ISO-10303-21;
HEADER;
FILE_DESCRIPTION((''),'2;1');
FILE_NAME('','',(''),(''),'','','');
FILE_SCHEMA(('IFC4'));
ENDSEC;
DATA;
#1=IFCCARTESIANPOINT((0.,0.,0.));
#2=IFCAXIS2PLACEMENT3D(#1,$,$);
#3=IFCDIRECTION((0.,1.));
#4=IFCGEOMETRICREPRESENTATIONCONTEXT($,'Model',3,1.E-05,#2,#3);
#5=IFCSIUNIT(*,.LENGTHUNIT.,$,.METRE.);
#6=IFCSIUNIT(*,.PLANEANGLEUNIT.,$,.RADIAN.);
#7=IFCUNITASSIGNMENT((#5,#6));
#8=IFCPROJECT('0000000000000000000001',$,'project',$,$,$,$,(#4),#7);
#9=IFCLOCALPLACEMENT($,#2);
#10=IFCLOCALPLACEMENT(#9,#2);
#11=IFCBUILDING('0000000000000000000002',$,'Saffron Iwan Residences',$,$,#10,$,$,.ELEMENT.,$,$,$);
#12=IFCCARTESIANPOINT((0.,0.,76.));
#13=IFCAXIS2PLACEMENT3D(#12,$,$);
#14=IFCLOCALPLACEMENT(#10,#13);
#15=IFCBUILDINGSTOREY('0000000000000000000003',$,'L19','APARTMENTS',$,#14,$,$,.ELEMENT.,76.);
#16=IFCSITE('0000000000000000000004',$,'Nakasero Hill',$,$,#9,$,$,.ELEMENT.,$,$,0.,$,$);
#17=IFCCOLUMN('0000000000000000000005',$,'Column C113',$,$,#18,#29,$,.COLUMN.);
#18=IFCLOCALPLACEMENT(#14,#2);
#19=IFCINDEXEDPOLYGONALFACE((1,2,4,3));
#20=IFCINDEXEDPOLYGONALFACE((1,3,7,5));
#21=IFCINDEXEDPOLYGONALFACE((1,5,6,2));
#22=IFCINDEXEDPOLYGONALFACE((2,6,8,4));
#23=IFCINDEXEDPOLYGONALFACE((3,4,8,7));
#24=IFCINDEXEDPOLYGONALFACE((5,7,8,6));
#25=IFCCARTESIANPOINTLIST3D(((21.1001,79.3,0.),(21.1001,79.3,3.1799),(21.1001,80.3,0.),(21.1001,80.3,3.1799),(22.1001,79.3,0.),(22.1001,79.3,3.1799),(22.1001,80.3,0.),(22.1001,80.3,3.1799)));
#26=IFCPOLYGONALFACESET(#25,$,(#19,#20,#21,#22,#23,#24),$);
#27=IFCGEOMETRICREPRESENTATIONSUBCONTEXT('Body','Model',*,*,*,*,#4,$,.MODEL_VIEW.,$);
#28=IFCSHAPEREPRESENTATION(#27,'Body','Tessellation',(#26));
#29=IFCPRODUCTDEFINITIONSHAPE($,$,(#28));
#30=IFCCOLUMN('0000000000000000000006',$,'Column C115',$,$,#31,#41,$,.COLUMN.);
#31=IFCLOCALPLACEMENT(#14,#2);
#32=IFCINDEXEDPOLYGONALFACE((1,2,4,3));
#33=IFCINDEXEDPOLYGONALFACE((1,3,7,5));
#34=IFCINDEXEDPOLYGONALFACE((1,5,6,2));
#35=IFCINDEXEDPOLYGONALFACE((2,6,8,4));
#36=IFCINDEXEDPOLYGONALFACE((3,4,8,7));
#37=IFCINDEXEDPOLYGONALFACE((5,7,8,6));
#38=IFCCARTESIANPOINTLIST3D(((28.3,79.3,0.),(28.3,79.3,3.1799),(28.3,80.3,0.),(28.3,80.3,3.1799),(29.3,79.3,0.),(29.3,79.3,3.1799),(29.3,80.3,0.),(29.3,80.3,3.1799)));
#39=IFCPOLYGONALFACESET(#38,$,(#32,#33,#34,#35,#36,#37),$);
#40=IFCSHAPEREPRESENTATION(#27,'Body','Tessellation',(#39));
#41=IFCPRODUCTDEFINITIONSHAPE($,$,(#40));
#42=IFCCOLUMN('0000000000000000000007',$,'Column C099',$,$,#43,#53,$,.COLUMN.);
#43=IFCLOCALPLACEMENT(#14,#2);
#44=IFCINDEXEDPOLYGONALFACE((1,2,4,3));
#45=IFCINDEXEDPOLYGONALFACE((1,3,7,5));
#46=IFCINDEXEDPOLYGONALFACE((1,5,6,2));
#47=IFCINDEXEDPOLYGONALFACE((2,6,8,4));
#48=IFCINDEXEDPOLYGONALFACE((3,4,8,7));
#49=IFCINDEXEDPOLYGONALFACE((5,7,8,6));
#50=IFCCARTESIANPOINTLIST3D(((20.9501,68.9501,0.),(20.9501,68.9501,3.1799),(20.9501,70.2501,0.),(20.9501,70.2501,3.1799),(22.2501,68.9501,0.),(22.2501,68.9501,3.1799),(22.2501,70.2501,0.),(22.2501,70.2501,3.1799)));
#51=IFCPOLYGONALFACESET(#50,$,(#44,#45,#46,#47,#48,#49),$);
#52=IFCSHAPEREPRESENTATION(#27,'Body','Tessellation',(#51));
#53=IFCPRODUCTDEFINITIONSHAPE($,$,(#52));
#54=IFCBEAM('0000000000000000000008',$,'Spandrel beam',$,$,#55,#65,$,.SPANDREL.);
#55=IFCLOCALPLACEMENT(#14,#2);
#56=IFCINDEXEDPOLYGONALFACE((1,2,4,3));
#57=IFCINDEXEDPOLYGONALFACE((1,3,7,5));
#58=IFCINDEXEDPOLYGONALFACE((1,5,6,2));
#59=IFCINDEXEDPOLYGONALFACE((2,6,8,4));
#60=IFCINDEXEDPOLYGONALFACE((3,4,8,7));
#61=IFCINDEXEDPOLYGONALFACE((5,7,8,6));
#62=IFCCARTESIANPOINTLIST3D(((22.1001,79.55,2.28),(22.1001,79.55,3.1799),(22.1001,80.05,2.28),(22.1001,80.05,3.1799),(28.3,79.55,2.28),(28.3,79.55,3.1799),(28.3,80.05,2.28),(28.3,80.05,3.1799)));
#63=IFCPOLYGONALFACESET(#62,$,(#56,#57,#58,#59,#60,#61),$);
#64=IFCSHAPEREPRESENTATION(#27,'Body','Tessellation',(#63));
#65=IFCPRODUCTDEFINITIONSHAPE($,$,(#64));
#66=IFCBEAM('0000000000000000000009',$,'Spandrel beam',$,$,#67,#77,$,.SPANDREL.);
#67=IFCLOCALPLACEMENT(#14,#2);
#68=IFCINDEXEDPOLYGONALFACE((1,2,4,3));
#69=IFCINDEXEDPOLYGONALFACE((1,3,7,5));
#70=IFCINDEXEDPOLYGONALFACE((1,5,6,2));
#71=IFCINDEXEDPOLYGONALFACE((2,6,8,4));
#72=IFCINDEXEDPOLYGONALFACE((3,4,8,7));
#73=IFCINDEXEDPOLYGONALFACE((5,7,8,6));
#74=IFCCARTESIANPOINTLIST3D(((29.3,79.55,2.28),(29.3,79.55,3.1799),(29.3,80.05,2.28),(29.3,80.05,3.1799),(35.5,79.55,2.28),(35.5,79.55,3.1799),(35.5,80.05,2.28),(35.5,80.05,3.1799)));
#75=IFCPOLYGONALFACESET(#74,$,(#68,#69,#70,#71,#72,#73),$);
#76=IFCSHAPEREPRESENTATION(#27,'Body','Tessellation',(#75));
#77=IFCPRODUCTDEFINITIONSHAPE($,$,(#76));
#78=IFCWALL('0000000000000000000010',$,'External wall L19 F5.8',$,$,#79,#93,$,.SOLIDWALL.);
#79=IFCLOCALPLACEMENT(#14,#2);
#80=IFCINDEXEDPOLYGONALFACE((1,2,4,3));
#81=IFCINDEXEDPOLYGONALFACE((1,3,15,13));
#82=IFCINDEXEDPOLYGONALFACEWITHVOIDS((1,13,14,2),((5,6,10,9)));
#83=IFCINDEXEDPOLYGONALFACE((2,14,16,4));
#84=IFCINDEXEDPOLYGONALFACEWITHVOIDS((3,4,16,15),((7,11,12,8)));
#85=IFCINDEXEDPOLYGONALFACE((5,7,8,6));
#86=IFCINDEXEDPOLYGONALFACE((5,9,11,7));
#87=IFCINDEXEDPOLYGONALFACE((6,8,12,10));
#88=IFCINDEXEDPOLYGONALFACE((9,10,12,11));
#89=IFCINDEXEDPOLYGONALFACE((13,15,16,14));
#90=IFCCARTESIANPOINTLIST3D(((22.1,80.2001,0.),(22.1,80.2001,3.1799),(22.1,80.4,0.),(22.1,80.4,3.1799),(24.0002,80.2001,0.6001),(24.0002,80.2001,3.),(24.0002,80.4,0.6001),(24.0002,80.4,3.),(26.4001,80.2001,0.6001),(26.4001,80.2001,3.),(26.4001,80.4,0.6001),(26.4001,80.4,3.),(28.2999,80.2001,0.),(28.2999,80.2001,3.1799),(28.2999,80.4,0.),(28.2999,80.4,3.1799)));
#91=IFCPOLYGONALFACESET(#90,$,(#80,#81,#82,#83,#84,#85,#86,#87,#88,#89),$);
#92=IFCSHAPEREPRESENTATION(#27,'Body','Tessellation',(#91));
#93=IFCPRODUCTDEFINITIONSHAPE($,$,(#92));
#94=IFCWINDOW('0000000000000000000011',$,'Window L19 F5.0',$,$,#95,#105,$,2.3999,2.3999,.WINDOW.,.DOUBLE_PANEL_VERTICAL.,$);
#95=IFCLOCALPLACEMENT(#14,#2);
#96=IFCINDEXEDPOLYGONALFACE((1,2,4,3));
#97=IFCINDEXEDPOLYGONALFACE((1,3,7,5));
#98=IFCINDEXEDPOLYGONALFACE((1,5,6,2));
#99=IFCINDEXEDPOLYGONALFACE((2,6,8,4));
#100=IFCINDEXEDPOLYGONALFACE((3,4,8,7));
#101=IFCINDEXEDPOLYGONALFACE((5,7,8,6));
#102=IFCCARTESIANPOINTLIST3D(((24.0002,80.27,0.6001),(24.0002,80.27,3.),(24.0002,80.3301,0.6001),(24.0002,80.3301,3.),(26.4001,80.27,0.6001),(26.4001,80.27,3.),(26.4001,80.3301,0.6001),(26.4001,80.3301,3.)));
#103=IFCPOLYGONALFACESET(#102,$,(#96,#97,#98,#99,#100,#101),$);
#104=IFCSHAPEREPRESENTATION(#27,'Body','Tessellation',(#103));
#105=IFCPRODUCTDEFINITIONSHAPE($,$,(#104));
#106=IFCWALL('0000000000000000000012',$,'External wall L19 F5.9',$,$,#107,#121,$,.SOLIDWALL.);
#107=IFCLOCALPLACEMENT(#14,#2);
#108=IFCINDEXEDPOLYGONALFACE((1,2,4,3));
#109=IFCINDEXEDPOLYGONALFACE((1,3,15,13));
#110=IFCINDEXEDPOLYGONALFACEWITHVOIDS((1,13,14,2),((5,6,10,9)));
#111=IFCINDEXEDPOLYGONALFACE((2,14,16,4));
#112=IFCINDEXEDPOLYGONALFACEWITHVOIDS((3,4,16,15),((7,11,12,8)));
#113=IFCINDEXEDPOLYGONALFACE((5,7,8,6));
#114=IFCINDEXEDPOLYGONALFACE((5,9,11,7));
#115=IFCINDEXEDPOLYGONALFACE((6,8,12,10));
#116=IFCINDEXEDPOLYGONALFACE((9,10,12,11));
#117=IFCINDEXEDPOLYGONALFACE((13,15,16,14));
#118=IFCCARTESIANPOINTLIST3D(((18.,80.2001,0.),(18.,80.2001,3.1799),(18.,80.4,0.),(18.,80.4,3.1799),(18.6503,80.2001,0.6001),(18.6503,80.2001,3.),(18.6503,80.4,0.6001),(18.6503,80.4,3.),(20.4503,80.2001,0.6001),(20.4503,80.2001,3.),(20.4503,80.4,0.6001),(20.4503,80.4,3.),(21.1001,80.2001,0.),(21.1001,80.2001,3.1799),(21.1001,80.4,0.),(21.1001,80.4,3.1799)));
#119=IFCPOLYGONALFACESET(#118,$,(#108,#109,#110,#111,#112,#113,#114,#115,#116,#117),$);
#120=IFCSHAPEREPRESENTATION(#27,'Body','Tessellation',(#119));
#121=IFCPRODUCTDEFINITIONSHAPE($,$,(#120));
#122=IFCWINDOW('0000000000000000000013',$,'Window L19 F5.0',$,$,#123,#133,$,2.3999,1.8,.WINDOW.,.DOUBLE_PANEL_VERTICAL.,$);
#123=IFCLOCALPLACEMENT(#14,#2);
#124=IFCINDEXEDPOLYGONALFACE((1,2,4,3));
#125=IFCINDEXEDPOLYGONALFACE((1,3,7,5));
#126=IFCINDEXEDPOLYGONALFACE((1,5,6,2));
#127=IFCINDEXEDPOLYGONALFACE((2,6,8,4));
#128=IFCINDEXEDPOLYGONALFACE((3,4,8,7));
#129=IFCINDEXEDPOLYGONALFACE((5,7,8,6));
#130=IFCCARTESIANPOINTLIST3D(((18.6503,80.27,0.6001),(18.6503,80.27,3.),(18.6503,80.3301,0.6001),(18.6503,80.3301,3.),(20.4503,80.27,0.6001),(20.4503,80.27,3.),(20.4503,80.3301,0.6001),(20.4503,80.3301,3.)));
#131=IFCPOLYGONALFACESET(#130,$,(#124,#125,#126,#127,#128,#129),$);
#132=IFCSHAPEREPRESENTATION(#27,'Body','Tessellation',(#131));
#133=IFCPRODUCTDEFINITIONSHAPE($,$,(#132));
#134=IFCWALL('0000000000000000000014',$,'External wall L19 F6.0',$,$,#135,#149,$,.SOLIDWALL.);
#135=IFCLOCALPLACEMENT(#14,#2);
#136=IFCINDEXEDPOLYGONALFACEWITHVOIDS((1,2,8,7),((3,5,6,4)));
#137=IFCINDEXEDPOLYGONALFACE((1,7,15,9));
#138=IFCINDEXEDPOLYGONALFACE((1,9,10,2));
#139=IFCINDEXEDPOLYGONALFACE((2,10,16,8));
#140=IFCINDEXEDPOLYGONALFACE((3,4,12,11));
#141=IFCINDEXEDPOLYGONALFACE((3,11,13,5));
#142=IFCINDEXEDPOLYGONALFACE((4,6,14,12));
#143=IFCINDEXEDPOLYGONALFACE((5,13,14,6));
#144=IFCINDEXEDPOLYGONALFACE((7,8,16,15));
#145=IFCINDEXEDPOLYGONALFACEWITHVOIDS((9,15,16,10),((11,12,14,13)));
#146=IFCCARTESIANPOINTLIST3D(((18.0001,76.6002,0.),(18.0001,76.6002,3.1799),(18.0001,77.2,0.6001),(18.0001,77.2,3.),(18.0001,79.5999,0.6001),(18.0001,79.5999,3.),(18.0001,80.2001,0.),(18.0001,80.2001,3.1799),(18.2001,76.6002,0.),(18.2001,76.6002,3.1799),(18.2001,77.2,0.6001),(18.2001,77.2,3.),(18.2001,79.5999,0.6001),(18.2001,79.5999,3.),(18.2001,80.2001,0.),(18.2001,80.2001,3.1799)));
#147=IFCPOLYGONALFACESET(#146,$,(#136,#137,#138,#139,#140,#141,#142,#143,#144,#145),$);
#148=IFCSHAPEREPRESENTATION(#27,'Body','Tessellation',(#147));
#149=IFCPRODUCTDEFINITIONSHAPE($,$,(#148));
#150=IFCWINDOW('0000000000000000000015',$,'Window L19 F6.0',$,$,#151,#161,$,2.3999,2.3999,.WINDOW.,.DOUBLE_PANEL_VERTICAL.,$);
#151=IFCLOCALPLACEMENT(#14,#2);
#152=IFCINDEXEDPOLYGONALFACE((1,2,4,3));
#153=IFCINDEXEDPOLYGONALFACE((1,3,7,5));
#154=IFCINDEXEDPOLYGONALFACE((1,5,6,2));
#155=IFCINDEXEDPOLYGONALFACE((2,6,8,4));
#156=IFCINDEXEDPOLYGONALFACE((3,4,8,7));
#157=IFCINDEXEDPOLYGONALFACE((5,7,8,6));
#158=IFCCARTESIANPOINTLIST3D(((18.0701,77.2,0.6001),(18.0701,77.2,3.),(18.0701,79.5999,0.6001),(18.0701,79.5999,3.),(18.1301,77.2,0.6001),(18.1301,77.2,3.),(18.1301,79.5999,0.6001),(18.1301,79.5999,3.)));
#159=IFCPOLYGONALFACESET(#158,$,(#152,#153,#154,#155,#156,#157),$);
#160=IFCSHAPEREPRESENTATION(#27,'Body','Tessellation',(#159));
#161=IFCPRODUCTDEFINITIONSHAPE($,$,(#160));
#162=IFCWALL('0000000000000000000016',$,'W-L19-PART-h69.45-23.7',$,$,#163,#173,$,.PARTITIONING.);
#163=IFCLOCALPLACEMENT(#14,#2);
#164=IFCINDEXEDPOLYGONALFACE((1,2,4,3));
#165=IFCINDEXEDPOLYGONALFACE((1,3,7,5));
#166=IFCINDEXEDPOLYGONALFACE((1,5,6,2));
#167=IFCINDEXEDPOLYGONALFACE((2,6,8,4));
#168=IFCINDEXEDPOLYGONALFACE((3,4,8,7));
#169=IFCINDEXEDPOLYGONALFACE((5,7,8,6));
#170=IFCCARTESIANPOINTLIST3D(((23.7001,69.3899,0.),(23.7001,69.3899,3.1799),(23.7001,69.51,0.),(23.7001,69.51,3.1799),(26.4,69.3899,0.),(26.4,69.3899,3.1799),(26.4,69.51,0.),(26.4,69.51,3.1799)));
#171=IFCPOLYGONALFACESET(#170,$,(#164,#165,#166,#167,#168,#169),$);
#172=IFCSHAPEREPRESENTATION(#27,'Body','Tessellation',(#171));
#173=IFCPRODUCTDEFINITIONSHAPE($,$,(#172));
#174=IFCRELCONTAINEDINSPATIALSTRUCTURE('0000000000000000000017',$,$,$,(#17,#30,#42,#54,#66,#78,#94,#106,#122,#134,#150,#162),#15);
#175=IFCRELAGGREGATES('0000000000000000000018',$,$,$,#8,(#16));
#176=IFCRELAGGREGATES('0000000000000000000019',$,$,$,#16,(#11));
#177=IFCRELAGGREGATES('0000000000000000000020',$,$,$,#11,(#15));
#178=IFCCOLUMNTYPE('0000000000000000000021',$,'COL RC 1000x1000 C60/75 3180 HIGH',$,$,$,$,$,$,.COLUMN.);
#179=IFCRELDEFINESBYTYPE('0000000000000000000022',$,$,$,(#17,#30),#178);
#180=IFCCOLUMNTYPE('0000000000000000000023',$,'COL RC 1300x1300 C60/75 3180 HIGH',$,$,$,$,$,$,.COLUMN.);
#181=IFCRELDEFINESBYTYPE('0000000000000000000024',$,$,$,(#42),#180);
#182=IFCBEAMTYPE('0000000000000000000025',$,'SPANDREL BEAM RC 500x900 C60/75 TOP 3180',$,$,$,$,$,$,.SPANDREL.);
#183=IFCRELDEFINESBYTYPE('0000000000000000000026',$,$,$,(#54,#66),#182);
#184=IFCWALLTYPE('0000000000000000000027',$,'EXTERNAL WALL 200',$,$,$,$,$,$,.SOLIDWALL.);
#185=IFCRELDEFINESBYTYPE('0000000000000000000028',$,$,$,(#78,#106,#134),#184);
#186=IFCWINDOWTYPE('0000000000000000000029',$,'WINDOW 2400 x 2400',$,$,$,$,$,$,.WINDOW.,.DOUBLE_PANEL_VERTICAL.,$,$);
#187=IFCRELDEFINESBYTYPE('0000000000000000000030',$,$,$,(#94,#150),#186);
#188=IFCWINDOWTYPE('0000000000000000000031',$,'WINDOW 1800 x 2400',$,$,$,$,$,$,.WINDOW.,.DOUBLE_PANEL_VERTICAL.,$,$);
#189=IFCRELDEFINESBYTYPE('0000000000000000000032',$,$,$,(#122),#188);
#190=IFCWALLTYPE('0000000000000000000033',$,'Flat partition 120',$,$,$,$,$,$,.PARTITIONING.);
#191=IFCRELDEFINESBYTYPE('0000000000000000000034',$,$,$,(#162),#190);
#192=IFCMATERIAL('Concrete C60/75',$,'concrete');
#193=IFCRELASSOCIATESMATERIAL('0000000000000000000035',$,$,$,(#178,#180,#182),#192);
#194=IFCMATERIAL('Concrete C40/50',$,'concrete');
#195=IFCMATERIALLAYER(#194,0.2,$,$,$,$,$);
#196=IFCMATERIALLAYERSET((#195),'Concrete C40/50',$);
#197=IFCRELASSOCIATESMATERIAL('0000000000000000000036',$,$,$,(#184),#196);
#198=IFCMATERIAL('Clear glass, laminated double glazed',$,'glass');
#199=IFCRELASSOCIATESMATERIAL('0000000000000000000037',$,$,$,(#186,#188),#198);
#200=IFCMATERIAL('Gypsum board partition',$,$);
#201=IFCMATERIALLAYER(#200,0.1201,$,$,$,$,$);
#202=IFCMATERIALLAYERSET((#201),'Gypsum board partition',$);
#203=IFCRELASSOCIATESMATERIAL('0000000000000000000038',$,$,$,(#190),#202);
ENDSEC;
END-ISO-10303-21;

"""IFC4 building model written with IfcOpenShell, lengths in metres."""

from ifc_helpers import new_model, si_unit, direction, frame, frame_2d, origin, origin_2d, place, context, subcontext, project, spatial, rectangle, extrude, source, transform, mapped, material, layer, layer_set, material_profile, profile_set, type_object, element, fill, save


model = new_model("IFC4")

# Units and contexts
model_context = context("Model", 3, precision=1e-05, world=origin(), true_north=direction((0.0, 1.0)))
body_context = subcontext(model_context, "Body", "Model", "MODEL_VIEW")
ifc_project = project(units=[si_unit("LENGTHUNIT", "METRE"), si_unit("PLANEANGLEUNIT", "RADIAN")], contexts=[model_context])

# Site, building, storey
site_placement = place(None, origin())
site = spatial("IfcSite", under=ifc_project, at=site_placement, Name="Nakasero Hill", CompositionType="ELEMENT", RefElevation=0.0)
building_placement = place(site_placement, origin())
building = spatial("IfcBuilding", under=site, at=building_placement, Name="Saffron Iwan Residences", CompositionType="ELEMENT")
storey_placement = place(building_placement, frame((0.0, 0.0, 76.0)))
storey = spatial("IfcBuildingStorey", under=building, at=storey_placement, Name="L19", Description="APARTMENTS", CompositionType="ELEMENT", Elevation=76.0)

# Columns
ifc_material_1 = material(Name="Concrete C60/75", Category="concrete")
ifc_material_profile_1 = material_profile(ifc_material_1, rectangle(XDim=1.0, YDim=1.0, at=origin_2d()), Name="RC 1000x1000")
ifc_profile_set_1 = profile_set([ifc_material_profile_1], Name="Concrete C60/75")
column_type_1 = type_object("IfcColumnType", Name="COL RC 1000x1000 C60/75 3180 HIGH", PredefinedType="COLUMN", material=ifc_profile_set_1)
shared_shape_1 = source(origin(), body_context, "Body", "SweptSolid", [
    extrude(rectangle(XDim=1.0, YDim=1.0, at=origin_2d()), origin(), (0.0, 0.0, 1.0), 3.1799),
])
for number, where, z_axis, x_axis, name in (
    (1, (21.6001, 79.8, 0.0), (0.0, 0.0, 1.0), (1.0, 0.0, 0.0), "Column C113"),
    (2, (28.8, 79.8, 0.0), (0.0, 0.0, 1.0), (1.0, 0.0, 0.0), "Column C115"),
):
    element("IfcColumn", number, at=place(storey_placement, frame(where, z_axis=z_axis, x_axis=x_axis)), inside=storey, type_object=column_type_1, Name=name, PredefinedType="COLUMN", context=body_context, shape_type="MappedRepresentation", body=[
        mapped(shared_shape_1, transform((0.0, 0.0, 0.0))),
    ])
ifc_material_profile_2 = material_profile(ifc_material_1, rectangle(XDim=1.3, YDim=1.3, at=origin_2d()), Name="RC 1300x1300")
ifc_profile_set_2 = profile_set([ifc_material_profile_2], Name="Concrete C60/75")
column_type_2 = type_object("IfcColumnType", Name="COL RC 1300x1300 C60/75 3180 HIGH", PredefinedType="COLUMN", material=ifc_profile_set_2)
shared_shape_2 = source(origin(), body_context, "Body", "SweptSolid", [
    extrude(rectangle(XDim=1.3, YDim=1.3, at=origin_2d()), origin(), (0.0, 0.0, 1.0), 3.1799),
])
column_placement = place(storey_placement, frame((21.6001, 69.6001, 0.0), z_axis=(0.0, 0.0, 1.0), x_axis=(1.0, 0.0, 0.0)))
element("IfcColumn", 3, at=column_placement, inside=storey, type_object=column_type_2, Name="Column C099", PredefinedType="COLUMN", context=body_context, shape_type="MappedRepresentation", body=[
    mapped(shared_shape_2, transform((0.0, 0.0, 0.0))),
])

# Beams
ifc_material_profile_3 = material_profile(ifc_material_1, rectangle(XDim=0.5, YDim=0.8999, at=origin_2d()), Name="RC 500x900")
ifc_profile_set_3 = profile_set([ifc_material_profile_3], Name="Concrete C60/75")
beam_type = type_object("IfcBeamType", Name="SPANDREL BEAM RC 500x900 C60/75 TOP 3180", PredefinedType="SPANDREL", material=ifc_profile_set_3)
shared_shape_3 = source(origin(), body_context, "Body", "SweptSolid", [
    extrude(rectangle(XDim=0.5, YDim=0.8999, at=origin_2d()), origin(), (0.0, 0.0, 1.0), 6.2),
])
for number, where, z_axis, x_axis, name in (
    (4, (22.1001, 79.8, 2.73), (1.0, 0.0, 0.0), (0.0, 1.0, 0.0), "Spandrel beam"),
    (5, (29.3, 79.8, 2.73), (1.0, 0.0, 0.0), (0.0, 1.0, 0.0), "Spandrel beam"),
):
    element("IfcBeam", number, at=place(storey_placement, frame(where, z_axis=z_axis, x_axis=x_axis)), inside=storey, type_object=beam_type, Name=name, PredefinedType="SPANDREL", context=body_context, shape_type="MappedRepresentation", body=[
        mapped(shared_shape_3, transform((0.0, 0.0, 0.0))),
    ])

# Walls, openings, windows
ifc_material_2 = material(Name="Concrete C40/50", Category="concrete")
ifc_layer_1 = layer(ifc_material_2, 0.2)
ifc_layer_set_1 = layer_set([ifc_layer_1], Name="Concrete C40/50")
wall_type_1 = type_object("IfcWallType", Name="EXTERNAL WALL 200", PredefinedType="SOLIDWALL", material=ifc_layer_set_1)
wall_1_placement = place(storey_placement, frame((28.3, 80.3, 0.0), z_axis=(0.0, 0.0, 1.0), x_axis=(-1.0, 0.0, 0.0)))
wall_1 = element("IfcWall", 6, at=wall_1_placement, inside=storey, type_object=wall_type_1, Name="External wall L19 F5.8", PredefinedType="SOLIDWALL", context=body_context, shape_type="SweptSolid", body=[
    extrude(rectangle(XDim=6.2, YDim=0.2, at=frame_2d((3.1001, 0.0))), origin(), (0.0, 0.0, 1.0), 3.1799),
])
opening_1_placement = place(wall_1_placement, frame((1.8999, 0.0, 0.6001)))
opening_1 = element("IfcOpeningElement", 7, at=opening_1_placement, cuts=wall_1, PredefinedType="OPENING", context=body_context, shape_type="SweptSolid", body=[
    extrude(rectangle(XDim=2.3999, YDim=2.3999, at=frame_2d((1.2, 1.2))), frame((0.0, 0.1099, 0.0), z_axis=(0.0, -1.0, 0.0), x_axis=(1.0, 0.0, 0.0)), (0.0, 0.0, 1.0), 0.22),
])
ifc_material_3 = material(Name="Clear glass, laminated double glazed", Category="glass")
window_type_1 = type_object("IfcWindowType", Name="WINDOW 2400 x 2400", PartitioningType="DOUBLE_PANEL_VERTICAL", PredefinedType="WINDOW", material=ifc_material_3)
window_1_placement = place(opening_1_placement, origin())
window_1 = element("IfcWindow", 8, at=window_1_placement, inside=storey, type_object=window_type_1, Name="Window L19 F5.0", OverallHeight=2.3999, OverallWidth=2.3999, PartitioningType="DOUBLE_PANEL_VERTICAL", PredefinedType="WINDOW", context=body_context, shape_type="SweptSolid", body=[
    extrude(rectangle(XDim=2.3999, YDim=2.3999, at=frame_2d((1.2, 1.2))), frame((0.0, 0.03, 0.0), z_axis=(0.0, -1.0, 0.0), x_axis=(1.0, 0.0, 0.0)), (0.0, 0.0, 1.0), 0.0601),
])
fill(opening_1, window_1)
wall_2_placement = place(storey_placement, frame((21.1001, 80.3, 0.0), z_axis=(0.0, 0.0, 1.0), x_axis=(-1.0, 0.0, 0.0)))
wall_2 = element("IfcWall", 9, at=wall_2_placement, inside=storey, type_object=wall_type_1, Name="External wall L19 F5.9", PredefinedType="SOLIDWALL", context=body_context, shape_type="SweptSolid", body=[
    extrude(rectangle(XDim=3.1001, YDim=0.2, at=frame_2d((1.55, 0.0))), origin(), (0.0, 0.0, 1.0), 3.1799),
])
opening_2_placement = place(wall_2_placement, frame((0.6499, 0.0, 0.6001)))
opening_2 = element("IfcOpeningElement", 10, at=opening_2_placement, cuts=wall_2, PredefinedType="OPENING", context=body_context, shape_type="SweptSolid", body=[
    extrude(rectangle(XDim=1.8, YDim=2.3999, at=frame_2d((0.8999, 1.2))), frame((0.0, 0.1099, 0.0), z_axis=(0.0, -1.0, 0.0), x_axis=(1.0, 0.0, 0.0)), (0.0, 0.0, 1.0), 0.22),
])
window_type_2 = type_object("IfcWindowType", Name="WINDOW 1800 x 2400", PartitioningType="DOUBLE_PANEL_VERTICAL", PredefinedType="WINDOW", material=ifc_material_3)
window_2_placement = place(opening_2_placement, origin())
window_2 = element("IfcWindow", 11, at=window_2_placement, inside=storey, type_object=window_type_2, Name="Window L19 F5.0", OverallHeight=2.3999, OverallWidth=1.8, PartitioningType="DOUBLE_PANEL_VERTICAL", PredefinedType="WINDOW", context=body_context, shape_type="SweptSolid", body=[
    extrude(rectangle(XDim=1.8, YDim=2.3999, at=frame_2d((0.8999, 1.2))), frame((0.0, 0.03, 0.0), z_axis=(0.0, -1.0, 0.0), x_axis=(1.0, 0.0, 0.0)), (0.0, 0.0, 1.0), 0.0601),
])
fill(opening_2, window_2)
wall_3_placement = place(storey_placement, frame((18.1001, 80.2, 0.0), z_axis=(0.0, 0.0, 1.0), x_axis=(0.0, -1.0, 0.0)))
wall_3 = element("IfcWall", 12, at=wall_3_placement, inside=storey, type_object=wall_type_1, Name="External wall L19 F6.0", PredefinedType="SOLIDWALL", context=body_context, shape_type="SweptSolid", body=[
    extrude(rectangle(XDim=3.5999, YDim=0.2, at=frame_2d((1.7998, 0.0))), origin(), (0.0, 0.0, 1.0), 3.1799),
])
opening_3_placement = place(wall_3_placement, frame((0.6001, 0.0, 0.6001)))
opening_3 = element("IfcOpeningElement", 13, at=opening_3_placement, cuts=wall_3, PredefinedType="OPENING", context=body_context, shape_type="SweptSolid", body=[
    extrude(rectangle(XDim=2.3999, YDim=2.3999, at=frame_2d((1.2, 1.2))), frame((0.0, 0.1099, 0.0), z_axis=(0.0, -1.0, 0.0), x_axis=(1.0, 0.0, 0.0)), (0.0, 0.0, 1.0), 0.22),
])
window_3_placement = place(opening_3_placement, origin())
window_3 = element("IfcWindow", 14, at=window_3_placement, inside=storey, type_object=window_type_1, Name="Window L19 F6.0", OverallHeight=2.3999, OverallWidth=2.3999, PartitioningType="DOUBLE_PANEL_VERTICAL", PredefinedType="WINDOW", context=body_context, shape_type="SweptSolid", body=[
    extrude(rectangle(XDim=2.3999, YDim=2.3999, at=frame_2d((1.2, 1.2))), frame((0.0, 0.03, 0.0), z_axis=(0.0, -1.0, 0.0), x_axis=(1.0, 0.0, 0.0)), (0.0, 0.0, 1.0), 0.0601),
])
fill(opening_3, window_3)

# Wall
ifc_material_4 = material(Name="Gypsum board partition")
ifc_layer_2 = layer(ifc_material_4, 0.1201)
ifc_layer_set_2 = layer_set([ifc_layer_2], Name="Gypsum board partition")
wall_type_2 = type_object("IfcWallType", Name="Flat partition 120", PredefinedType="PARTITIONING", material=ifc_layer_set_2)
wall_4_placement = place(storey_placement, frame((23.7, 69.45, 0.0), z_axis=(0.0, 0.0, 1.0), x_axis=(1.0, 0.0, 0.0)))
element("IfcWall", 15, at=wall_4_placement, inside=storey, type_object=wall_type_2, Name="W-L19-PART-h69.45-23.7", PredefinedType="PARTITIONING", context=body_context, shape_type="SweptSolid", body=[
    extrude(rectangle(XDim=2.7, YDim=0.1201, at=frame_2d((1.3501, 0.0))), origin(), (0.0, 0.0, 1.0), 3.1799),
])

save(model, "model.ifc")
